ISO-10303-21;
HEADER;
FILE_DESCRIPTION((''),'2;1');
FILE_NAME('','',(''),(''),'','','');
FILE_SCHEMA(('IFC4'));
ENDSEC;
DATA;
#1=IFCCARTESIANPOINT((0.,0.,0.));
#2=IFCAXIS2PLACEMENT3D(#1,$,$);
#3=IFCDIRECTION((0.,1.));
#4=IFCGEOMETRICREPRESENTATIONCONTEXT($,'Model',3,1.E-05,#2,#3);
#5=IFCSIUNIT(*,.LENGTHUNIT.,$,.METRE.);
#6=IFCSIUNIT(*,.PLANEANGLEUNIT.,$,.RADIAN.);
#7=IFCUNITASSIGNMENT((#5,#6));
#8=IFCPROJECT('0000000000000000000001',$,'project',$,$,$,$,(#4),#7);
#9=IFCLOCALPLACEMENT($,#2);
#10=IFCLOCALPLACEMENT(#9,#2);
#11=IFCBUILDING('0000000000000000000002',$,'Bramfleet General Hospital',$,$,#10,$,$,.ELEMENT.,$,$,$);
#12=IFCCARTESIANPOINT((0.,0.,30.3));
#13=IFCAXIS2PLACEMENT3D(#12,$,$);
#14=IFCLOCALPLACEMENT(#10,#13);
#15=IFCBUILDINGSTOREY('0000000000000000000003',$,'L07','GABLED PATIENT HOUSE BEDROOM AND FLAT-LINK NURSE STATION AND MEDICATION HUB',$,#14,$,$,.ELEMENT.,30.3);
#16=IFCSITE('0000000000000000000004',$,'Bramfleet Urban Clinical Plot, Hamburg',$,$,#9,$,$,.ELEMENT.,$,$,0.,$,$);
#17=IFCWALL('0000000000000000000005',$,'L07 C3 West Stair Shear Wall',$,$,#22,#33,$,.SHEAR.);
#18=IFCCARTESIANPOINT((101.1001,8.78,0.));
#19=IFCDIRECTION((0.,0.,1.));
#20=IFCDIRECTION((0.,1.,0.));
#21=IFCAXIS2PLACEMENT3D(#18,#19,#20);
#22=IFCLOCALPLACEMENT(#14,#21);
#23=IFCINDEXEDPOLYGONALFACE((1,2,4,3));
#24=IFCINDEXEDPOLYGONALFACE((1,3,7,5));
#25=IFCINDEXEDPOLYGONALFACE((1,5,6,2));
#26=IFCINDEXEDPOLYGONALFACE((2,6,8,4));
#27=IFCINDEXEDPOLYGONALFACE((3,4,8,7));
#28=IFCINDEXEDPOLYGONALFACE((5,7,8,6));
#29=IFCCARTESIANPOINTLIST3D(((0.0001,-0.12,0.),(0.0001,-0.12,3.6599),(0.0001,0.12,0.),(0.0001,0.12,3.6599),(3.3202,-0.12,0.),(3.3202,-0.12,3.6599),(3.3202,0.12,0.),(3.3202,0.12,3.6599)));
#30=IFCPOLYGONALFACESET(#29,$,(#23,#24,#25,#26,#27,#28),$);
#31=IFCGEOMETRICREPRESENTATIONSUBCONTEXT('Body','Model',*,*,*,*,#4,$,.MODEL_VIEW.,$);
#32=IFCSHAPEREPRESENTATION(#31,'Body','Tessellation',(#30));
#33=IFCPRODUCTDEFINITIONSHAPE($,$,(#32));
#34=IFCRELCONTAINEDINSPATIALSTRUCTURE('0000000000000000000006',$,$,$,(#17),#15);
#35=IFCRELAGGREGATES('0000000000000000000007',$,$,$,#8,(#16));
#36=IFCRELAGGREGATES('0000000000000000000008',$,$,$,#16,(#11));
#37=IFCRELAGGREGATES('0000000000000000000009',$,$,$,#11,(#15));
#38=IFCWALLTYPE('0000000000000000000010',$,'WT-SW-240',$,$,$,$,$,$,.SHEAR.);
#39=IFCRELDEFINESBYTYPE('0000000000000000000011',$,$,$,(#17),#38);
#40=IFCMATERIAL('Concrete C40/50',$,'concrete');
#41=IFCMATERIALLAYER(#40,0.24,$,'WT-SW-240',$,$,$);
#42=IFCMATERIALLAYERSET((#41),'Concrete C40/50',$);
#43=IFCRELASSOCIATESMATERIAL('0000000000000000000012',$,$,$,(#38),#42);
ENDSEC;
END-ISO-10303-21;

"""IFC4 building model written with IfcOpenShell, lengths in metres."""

from ifc_helpers import new_model, si_unit, direction, frame, frame_2d, origin, place, context, subcontext, project, spatial, rectangle, extrude, material, layer, layer_set, type_object, element, save


model = new_model("IFC4")

# Units and contexts
model_context = context("Model", 3, precision=1e-05, world=origin(), true_north=direction((0.0, 1.0)))
body_context = subcontext(model_context, "Body", "Model", "MODEL_VIEW")
ifc_project = project(units=[si_unit("LENGTHUNIT", "METRE"), si_unit("PLANEANGLEUNIT", "RADIAN")], contexts=[model_context])

# Site, building, storey
site_placement = place(None, origin())
site = spatial("IfcSite", under=ifc_project, at=site_placement, Name="Bramfleet Urban Clinical Plot, Hamburg", CompositionType="ELEMENT", RefElevation=0.0)
building_placement = place(site_placement, origin())
building = spatial("IfcBuilding", under=site, at=building_placement, Name="Bramfleet General Hospital", CompositionType="ELEMENT")
storey_placement = place(building_placement, frame((0.0, 0.0, 30.3)))
storey = spatial("IfcBuildingStorey", under=building, at=storey_placement, Name="L07", Description="GABLED PATIENT HOUSE BEDROOM AND FLAT-LINK NURSE STATION AND MEDICATION HUB", CompositionType="ELEMENT", Elevation=30.3)

# Shared definitions
ifc_material_1 = material(Name="Concrete C40/50", Category="concrete")

# Wall
ifc_layer_1 = layer(ifc_material_1, 0.24, Name="WT-SW-240")
ifc_layer_set_1 = layer_set([ifc_layer_1], Name="Concrete C40/50")
wall_type_1 = type_object("IfcWallType", Name="WT-SW-240", PredefinedType="SHEAR", material=ifc_layer_set_1)
wall_1_placement = place(storey_placement, frame((101.1001, 8.78, 0.0), z_axis=(0.0, 0.0, 1.0), x_axis=(0.0, 1.0, 0.0)))
element("IfcWall", 1, at=wall_1_placement, inside=storey, type_object=wall_type_1, Name="L07 C3 West Stair Shear Wall", PredefinedType="SHEAR", context=body_context, shape_type="SweptSolid", body=[
    extrude(rectangle(XDim=3.3201, YDim=0.24, at=frame_2d((1.6602, 0.0))), origin(), (0.0, 0.0, 1.0), 3.6599),
])

save(model, "model.ifc")
